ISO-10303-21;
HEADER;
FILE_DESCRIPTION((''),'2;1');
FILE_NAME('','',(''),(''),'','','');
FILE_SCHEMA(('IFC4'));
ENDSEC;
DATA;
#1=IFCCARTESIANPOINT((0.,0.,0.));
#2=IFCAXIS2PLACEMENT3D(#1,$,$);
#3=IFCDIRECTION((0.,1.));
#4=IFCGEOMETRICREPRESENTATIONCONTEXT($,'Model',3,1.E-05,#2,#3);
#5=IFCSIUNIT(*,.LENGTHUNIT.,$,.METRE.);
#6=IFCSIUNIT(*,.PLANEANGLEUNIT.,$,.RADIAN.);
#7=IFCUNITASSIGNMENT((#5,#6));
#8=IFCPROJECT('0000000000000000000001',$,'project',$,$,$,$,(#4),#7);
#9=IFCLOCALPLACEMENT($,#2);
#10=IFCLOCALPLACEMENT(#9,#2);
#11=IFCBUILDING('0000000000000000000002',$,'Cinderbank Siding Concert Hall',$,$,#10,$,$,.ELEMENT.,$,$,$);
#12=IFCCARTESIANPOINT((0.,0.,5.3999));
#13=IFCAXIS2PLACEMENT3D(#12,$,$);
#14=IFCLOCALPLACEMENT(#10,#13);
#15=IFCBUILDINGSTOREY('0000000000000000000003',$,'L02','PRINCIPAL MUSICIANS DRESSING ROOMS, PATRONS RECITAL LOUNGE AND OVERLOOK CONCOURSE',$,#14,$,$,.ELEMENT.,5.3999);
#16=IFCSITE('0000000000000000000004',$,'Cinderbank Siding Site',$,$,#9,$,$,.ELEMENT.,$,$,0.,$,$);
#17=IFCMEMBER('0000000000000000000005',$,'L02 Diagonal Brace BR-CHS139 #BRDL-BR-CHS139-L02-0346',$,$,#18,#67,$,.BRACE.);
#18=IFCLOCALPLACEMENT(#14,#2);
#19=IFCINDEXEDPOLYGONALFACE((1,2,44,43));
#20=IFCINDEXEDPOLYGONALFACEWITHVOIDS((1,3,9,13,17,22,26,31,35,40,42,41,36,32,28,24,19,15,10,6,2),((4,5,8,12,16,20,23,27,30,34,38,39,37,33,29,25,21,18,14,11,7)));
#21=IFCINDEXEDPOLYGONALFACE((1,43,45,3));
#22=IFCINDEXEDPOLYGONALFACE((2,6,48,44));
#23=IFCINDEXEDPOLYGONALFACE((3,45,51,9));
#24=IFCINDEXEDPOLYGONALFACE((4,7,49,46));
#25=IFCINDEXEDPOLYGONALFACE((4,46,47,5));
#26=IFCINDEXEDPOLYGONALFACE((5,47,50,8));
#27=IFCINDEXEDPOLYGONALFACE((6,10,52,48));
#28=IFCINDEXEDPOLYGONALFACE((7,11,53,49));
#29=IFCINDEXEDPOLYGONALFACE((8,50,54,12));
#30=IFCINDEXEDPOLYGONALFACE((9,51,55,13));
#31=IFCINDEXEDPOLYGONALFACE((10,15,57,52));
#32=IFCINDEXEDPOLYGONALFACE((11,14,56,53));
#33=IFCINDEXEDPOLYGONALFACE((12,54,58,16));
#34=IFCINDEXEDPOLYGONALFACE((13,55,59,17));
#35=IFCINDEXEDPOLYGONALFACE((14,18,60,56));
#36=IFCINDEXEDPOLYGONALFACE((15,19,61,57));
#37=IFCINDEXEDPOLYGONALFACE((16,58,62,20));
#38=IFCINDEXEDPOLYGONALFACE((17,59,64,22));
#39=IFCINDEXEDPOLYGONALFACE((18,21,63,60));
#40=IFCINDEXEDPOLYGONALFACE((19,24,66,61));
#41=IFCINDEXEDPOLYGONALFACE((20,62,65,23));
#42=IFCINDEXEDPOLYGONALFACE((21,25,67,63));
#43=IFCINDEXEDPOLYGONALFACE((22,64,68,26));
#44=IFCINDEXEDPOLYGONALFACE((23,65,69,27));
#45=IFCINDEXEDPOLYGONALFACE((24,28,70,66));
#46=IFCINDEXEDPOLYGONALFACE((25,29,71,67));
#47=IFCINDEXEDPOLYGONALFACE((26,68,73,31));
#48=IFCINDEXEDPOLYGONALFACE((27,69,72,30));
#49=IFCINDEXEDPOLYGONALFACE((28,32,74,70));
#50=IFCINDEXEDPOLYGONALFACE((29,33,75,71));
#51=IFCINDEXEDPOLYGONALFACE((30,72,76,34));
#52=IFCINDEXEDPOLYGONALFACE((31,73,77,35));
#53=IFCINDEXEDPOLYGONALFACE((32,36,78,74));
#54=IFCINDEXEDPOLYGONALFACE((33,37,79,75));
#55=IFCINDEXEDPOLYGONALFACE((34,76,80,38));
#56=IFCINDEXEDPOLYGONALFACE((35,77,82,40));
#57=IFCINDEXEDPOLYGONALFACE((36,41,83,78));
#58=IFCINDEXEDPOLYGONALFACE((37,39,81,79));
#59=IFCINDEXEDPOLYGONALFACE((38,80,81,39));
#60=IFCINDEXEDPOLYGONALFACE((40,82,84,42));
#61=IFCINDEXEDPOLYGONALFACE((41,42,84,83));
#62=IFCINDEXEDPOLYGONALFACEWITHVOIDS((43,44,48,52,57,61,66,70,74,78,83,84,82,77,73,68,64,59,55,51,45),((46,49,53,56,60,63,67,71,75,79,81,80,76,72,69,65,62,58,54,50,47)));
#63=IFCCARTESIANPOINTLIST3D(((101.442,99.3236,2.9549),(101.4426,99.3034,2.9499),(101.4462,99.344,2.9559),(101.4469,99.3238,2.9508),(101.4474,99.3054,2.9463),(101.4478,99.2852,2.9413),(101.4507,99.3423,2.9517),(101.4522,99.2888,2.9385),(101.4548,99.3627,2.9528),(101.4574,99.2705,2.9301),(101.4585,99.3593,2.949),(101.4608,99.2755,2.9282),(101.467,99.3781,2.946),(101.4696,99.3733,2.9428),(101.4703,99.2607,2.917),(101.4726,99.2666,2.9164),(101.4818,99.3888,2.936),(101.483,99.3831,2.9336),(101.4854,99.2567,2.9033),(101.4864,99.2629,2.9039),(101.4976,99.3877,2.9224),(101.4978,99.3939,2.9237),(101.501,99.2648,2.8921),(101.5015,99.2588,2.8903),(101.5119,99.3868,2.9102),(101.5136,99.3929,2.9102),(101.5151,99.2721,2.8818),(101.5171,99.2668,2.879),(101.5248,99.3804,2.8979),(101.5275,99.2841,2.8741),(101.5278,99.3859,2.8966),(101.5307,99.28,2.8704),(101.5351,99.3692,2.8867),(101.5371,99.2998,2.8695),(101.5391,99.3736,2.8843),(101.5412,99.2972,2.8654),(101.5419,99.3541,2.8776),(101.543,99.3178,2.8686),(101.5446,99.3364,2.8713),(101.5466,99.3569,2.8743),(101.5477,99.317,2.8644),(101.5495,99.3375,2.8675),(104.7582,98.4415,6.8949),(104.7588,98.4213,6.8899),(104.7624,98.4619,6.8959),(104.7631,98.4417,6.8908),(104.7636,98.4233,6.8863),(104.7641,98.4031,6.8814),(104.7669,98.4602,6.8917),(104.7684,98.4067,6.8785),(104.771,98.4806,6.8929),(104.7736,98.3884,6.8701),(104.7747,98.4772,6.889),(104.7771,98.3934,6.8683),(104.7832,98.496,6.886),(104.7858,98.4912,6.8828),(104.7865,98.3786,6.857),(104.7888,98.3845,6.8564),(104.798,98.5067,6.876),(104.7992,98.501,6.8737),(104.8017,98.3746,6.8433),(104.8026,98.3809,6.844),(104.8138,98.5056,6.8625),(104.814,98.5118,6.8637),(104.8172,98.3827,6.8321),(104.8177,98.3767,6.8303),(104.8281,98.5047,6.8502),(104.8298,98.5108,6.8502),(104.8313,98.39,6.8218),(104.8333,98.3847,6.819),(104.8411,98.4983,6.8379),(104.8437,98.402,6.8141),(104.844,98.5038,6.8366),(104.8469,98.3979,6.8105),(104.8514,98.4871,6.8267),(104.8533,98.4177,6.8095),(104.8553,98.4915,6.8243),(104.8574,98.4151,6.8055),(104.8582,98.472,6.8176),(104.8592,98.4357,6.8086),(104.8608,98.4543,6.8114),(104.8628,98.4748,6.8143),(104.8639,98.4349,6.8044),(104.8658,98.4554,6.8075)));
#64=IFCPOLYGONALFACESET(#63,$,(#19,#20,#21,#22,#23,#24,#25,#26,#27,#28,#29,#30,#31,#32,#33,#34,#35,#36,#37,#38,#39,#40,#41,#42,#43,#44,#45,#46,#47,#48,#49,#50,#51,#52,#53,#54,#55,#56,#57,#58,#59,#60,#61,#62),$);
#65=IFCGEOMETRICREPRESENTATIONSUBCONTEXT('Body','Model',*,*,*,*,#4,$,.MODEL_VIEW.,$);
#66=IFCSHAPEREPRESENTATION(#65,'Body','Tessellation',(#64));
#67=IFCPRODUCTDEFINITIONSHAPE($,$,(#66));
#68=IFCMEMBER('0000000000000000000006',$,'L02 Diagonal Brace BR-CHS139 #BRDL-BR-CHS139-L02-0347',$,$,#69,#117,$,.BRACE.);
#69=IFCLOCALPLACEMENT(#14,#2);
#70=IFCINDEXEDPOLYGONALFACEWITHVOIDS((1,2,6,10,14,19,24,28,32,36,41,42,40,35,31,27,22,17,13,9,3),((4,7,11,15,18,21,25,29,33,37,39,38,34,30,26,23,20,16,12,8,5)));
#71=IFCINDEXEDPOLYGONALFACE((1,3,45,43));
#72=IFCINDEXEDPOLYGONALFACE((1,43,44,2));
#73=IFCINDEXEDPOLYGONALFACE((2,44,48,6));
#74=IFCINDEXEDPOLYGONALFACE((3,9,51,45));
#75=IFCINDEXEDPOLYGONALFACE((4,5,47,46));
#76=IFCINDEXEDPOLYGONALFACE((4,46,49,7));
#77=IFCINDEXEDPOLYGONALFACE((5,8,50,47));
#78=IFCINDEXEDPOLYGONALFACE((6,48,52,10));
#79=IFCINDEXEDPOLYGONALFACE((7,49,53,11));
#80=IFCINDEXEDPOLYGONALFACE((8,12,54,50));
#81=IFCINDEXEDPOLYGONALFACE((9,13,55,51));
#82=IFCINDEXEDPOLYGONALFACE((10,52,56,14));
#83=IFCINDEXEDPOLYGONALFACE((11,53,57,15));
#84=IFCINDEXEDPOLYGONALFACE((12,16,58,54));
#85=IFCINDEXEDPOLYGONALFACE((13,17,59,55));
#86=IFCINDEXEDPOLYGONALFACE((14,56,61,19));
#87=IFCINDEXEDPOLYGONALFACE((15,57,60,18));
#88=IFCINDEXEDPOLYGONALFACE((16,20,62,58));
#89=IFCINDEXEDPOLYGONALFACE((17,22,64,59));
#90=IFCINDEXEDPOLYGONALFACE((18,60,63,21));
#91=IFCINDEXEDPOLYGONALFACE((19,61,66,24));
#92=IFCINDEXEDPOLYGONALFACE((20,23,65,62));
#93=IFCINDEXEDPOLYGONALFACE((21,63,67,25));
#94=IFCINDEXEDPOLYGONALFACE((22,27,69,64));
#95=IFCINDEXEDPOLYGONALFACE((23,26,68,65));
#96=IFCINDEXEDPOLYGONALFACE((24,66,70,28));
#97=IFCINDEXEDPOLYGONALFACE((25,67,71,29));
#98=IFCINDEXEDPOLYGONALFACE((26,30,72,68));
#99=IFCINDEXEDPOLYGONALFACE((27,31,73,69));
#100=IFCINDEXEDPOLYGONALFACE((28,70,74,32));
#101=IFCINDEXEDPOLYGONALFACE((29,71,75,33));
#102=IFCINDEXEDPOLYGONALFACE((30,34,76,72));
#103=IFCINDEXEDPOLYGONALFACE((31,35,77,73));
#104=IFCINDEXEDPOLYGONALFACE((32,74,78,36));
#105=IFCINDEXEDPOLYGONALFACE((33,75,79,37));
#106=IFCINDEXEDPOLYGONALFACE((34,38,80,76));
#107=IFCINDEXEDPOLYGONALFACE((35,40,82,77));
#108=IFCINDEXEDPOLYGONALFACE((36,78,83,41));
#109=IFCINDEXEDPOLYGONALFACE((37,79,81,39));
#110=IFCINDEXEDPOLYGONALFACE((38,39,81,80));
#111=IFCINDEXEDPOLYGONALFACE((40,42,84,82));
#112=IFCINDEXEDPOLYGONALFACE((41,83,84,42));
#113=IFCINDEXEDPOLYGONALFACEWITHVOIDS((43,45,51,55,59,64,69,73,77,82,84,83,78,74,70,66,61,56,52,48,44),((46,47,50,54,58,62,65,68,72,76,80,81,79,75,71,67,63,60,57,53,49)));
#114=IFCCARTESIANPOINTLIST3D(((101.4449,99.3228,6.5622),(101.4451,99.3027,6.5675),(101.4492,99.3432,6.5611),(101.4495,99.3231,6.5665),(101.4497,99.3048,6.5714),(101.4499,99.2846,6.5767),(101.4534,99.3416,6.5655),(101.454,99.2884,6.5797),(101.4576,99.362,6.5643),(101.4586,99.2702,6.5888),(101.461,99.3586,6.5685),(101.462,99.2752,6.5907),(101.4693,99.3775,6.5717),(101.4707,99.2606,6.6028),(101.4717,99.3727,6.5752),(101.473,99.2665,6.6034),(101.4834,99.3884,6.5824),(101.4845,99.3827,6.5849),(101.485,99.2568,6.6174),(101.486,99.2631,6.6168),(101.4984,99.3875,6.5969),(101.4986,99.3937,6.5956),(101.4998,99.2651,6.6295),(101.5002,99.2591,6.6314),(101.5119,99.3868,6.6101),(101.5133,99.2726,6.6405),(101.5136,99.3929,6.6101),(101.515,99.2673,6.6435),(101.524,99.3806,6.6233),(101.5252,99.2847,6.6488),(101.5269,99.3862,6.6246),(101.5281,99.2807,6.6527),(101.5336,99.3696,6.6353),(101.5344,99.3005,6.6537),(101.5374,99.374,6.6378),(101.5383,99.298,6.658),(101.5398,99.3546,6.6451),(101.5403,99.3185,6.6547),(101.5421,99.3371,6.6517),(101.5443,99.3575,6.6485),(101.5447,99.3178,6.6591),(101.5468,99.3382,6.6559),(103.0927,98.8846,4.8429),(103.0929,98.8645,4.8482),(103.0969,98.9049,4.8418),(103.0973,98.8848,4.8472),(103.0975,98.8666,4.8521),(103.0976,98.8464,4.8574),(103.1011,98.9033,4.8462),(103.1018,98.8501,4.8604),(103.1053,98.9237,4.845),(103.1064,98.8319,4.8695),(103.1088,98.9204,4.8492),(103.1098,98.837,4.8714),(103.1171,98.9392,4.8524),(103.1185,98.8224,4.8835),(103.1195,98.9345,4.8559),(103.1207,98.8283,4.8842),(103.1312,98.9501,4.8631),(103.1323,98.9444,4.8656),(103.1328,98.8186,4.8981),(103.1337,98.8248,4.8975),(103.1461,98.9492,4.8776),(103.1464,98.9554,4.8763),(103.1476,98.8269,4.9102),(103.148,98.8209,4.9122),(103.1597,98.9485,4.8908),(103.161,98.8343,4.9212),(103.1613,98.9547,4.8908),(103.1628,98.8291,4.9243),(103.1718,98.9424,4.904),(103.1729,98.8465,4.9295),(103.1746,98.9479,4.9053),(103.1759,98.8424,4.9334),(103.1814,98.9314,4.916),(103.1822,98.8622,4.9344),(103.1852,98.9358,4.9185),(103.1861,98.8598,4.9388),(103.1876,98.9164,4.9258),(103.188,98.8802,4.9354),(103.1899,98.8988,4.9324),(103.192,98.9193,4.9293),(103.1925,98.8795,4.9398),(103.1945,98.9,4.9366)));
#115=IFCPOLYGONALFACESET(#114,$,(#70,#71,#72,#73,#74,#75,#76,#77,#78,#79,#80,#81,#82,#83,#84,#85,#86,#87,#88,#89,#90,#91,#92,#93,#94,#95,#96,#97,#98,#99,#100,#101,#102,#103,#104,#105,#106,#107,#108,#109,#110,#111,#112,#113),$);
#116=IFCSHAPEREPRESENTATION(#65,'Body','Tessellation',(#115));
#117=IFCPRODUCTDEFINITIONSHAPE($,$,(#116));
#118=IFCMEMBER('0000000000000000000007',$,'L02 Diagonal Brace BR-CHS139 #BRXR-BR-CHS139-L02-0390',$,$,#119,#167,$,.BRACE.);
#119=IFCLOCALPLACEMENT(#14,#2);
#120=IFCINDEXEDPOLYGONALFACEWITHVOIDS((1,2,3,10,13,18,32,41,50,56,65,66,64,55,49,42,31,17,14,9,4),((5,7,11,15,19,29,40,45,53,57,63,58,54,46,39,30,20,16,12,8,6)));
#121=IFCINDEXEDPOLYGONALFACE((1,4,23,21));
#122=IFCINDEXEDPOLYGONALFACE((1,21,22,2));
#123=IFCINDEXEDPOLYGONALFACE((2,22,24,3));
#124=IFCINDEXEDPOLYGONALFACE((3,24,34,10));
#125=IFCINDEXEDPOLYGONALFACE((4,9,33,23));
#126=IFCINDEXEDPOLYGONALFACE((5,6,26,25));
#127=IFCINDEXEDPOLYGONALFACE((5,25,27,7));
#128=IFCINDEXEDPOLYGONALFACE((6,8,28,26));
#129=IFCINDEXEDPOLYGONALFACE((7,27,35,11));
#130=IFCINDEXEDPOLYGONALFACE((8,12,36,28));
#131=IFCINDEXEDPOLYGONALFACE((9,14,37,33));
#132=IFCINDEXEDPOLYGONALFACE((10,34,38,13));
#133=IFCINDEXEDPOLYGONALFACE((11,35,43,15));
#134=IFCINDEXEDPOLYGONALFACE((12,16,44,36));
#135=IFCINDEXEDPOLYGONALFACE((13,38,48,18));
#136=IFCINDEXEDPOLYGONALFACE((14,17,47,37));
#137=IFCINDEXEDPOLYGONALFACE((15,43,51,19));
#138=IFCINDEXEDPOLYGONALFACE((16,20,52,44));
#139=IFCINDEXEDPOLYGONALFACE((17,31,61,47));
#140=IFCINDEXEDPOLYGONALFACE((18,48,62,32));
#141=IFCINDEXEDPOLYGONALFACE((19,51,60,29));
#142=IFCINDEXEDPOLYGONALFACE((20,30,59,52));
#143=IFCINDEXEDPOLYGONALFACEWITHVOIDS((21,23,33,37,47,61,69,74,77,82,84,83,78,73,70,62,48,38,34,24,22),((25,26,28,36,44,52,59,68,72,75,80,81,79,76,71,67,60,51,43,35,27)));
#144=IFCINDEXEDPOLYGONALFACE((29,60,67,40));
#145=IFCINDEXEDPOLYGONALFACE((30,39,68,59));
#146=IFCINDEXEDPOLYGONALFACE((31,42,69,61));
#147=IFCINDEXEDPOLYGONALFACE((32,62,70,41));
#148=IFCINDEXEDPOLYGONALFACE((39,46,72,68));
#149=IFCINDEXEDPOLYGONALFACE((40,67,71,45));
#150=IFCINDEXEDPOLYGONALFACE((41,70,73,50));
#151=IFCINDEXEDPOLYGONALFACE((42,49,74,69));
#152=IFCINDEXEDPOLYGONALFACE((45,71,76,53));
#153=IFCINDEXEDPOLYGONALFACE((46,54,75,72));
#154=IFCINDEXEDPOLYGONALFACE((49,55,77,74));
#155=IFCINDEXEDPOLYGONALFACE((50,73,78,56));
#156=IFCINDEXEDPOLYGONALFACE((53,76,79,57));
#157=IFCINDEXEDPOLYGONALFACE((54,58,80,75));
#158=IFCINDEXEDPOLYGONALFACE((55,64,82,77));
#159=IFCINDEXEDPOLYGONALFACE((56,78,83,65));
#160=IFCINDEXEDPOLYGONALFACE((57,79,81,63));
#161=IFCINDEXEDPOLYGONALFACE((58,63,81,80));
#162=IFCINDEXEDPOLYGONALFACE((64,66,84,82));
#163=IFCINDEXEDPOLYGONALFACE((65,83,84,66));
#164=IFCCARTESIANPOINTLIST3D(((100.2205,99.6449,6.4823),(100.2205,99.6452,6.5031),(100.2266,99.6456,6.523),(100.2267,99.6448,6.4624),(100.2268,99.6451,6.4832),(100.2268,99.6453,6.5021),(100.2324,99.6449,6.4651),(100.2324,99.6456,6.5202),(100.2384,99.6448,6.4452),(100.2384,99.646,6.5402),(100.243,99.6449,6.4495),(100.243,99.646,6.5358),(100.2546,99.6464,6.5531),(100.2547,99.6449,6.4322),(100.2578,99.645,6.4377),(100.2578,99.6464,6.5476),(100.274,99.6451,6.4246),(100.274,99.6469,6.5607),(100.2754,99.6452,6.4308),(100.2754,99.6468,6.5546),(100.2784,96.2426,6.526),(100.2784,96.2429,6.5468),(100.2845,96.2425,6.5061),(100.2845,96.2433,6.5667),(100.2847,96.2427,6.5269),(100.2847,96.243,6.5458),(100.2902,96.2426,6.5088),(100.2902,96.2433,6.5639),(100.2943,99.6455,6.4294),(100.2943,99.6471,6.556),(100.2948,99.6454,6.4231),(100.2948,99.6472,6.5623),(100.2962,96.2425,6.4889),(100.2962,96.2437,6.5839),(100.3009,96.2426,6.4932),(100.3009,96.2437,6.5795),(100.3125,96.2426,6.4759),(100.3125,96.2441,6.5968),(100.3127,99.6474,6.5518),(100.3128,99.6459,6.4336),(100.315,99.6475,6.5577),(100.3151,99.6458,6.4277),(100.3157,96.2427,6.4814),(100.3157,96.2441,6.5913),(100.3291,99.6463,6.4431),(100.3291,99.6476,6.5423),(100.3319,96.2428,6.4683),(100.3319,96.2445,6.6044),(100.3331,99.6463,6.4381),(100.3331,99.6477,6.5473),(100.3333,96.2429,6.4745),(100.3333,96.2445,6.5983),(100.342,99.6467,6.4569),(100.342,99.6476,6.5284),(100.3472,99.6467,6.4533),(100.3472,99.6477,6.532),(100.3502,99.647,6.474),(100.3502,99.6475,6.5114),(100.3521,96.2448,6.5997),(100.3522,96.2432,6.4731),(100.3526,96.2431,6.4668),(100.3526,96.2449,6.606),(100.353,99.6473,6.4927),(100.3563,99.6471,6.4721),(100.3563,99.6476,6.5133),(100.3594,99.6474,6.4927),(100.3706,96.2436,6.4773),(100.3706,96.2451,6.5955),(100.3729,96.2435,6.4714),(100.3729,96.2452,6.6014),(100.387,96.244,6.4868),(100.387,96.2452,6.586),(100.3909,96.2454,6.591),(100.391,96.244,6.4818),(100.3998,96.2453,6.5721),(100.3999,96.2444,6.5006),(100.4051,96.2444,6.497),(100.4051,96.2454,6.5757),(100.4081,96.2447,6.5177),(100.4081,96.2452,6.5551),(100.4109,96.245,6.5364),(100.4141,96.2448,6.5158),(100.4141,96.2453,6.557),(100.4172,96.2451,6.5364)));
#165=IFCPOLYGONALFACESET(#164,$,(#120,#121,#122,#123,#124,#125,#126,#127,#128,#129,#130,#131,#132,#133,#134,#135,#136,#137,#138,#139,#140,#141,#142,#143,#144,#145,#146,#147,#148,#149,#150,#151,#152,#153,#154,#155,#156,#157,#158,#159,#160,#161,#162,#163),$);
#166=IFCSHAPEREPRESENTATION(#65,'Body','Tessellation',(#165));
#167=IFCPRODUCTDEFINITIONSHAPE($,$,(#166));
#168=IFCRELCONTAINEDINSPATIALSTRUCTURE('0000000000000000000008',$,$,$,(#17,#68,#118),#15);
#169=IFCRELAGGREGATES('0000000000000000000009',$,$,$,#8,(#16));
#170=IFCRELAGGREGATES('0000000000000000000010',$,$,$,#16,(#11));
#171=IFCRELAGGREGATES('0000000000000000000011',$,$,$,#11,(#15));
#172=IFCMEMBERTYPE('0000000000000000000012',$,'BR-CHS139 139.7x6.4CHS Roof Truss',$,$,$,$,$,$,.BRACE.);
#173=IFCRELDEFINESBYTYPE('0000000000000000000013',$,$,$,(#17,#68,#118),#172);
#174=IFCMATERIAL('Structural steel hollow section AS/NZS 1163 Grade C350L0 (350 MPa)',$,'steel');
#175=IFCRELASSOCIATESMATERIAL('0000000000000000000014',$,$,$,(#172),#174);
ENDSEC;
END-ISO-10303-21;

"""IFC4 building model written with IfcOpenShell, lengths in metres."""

from ifc_helpers import new_model, si_unit, direction, frame, origin, origin_2d, place, context, subcontext, project, spatial, hollow_circle, extrude, material, material_profile, profile_set, type_object, element, save


model = new_model("IFC4")

# Units and contexts
model_context = context("Model", 3, precision=1e-05, world=origin(), true_north=direction((0.0, 1.0)))
body_context = subcontext(model_context, "Body", "Model", "MODEL_VIEW")
ifc_project = project(units=[si_unit("LENGTHUNIT", "METRE"), si_unit("PLANEANGLEUNIT", "RADIAN")], contexts=[model_context])

# Site, building, storey
site_placement = place(None, origin())
site = spatial("IfcSite", under=ifc_project, at=site_placement, Name="Cinderbank Siding Site", CompositionType="ELEMENT", RefElevation=0.0)
building_placement = place(site_placement, origin())
building = spatial("IfcBuilding", under=site, at=building_placement, Name="Cinderbank Siding Concert Hall", CompositionType="ELEMENT")
storey_placement = place(building_placement, frame((0.0, 0.0, 5.3999)))
storey = spatial("IfcBuildingStorey", under=building, at=storey_placement, Name="L02", Description="PRINCIPAL MUSICIANS DRESSING ROOMS, PATRONS RECITAL LOUNGE AND OVERLOOK CONCOURSE", CompositionType="ELEMENT", Elevation=5.3999)

# Members
ifc_material_1 = material(Name="Structural steel hollow section AS/NZS 1163 Grade C350L0 (350 MPa)", Category="steel")
ifc_material_profile_1 = material_profile(ifc_material_1, hollow_circle(Radius=0.0698, WallThickness=0.0063, at=origin_2d()), Name="139.7x6.4CHS", Category="LoadBearing")
ifc_profile_set_1 = profile_set([ifc_material_profile_1], Name="Structural steel hollow section AS/NZS 1163 Grade C350L0 (350 MPa)")
member_type_1 = type_object("IfcMemberType", Name="BR-CHS139 139.7x6.4CHS Roof Truss", PredefinedType="BRACE", material=ifc_profile_set_1)
member_1_placement = place(storey_placement, frame((101.4956, 99.3254, 2.9102), z_axis=(0.634701, -0.168827, 0.75409), x_axis=(0.257056, 0.966397, 0.0)))
element("IfcMember", 1, at=member_1_placement, inside=storey, type_object=member_type_1, Name="L02 Diagonal Brace BR-CHS139 #BRDL-BR-CHS139-L02-0346", PredefinedType="BRACE", context=body_context, shape_type="SweptSolid", body=[
    extrude(hollow_circle(Radius=0.0698, WallThickness=0.0063, at=origin_2d()), origin(), (0.0, 0.0, 1.0), 5.2249),
])
member_2_placement = place(storey_placement, frame((101.4956, 99.3254, 6.6101), z_axis=(0.6805, -0.18099, -0.710044), x_axis=(0.25703, 0.966403, 0.0)))
element("IfcMember", 2, at=member_2_placement, inside=storey, type_object=member_type_1, Name="L02 Diagonal Brace BR-CHS139 #BRDL-BR-CHS139-L02-0347", PredefinedType="BRACE", context=body_context, shape_type="SweptSolid", body=[
    extrude(hollow_circle(Radius=0.0698, WallThickness=0.0063, at=origin_2d()), origin(), (0.0, 0.0, 1.0), 2.4214),
])
member_3_placement = place(storey_placement, frame((100.2896, 99.6462, 6.4927), z_axis=(0.017002, -0.999773, 0.012842), x_axis=(0.999855, 0.017004, 0.0)))
element("IfcMember", 3, at=member_3_placement, inside=storey, type_object=member_type_1, Name="L02 Diagonal Brace BR-CHS139 #BRXR-BR-CHS139-L02-0390", PredefinedType="BRACE", context=body_context, shape_type="SweptSolid", body=[
    extrude(hollow_circle(Radius=0.0698, WallThickness=0.0063, at=origin_2d()), origin(), (0.0, 0.0, 1.0), 3.4031),
])

save(model, "model.ifc")
